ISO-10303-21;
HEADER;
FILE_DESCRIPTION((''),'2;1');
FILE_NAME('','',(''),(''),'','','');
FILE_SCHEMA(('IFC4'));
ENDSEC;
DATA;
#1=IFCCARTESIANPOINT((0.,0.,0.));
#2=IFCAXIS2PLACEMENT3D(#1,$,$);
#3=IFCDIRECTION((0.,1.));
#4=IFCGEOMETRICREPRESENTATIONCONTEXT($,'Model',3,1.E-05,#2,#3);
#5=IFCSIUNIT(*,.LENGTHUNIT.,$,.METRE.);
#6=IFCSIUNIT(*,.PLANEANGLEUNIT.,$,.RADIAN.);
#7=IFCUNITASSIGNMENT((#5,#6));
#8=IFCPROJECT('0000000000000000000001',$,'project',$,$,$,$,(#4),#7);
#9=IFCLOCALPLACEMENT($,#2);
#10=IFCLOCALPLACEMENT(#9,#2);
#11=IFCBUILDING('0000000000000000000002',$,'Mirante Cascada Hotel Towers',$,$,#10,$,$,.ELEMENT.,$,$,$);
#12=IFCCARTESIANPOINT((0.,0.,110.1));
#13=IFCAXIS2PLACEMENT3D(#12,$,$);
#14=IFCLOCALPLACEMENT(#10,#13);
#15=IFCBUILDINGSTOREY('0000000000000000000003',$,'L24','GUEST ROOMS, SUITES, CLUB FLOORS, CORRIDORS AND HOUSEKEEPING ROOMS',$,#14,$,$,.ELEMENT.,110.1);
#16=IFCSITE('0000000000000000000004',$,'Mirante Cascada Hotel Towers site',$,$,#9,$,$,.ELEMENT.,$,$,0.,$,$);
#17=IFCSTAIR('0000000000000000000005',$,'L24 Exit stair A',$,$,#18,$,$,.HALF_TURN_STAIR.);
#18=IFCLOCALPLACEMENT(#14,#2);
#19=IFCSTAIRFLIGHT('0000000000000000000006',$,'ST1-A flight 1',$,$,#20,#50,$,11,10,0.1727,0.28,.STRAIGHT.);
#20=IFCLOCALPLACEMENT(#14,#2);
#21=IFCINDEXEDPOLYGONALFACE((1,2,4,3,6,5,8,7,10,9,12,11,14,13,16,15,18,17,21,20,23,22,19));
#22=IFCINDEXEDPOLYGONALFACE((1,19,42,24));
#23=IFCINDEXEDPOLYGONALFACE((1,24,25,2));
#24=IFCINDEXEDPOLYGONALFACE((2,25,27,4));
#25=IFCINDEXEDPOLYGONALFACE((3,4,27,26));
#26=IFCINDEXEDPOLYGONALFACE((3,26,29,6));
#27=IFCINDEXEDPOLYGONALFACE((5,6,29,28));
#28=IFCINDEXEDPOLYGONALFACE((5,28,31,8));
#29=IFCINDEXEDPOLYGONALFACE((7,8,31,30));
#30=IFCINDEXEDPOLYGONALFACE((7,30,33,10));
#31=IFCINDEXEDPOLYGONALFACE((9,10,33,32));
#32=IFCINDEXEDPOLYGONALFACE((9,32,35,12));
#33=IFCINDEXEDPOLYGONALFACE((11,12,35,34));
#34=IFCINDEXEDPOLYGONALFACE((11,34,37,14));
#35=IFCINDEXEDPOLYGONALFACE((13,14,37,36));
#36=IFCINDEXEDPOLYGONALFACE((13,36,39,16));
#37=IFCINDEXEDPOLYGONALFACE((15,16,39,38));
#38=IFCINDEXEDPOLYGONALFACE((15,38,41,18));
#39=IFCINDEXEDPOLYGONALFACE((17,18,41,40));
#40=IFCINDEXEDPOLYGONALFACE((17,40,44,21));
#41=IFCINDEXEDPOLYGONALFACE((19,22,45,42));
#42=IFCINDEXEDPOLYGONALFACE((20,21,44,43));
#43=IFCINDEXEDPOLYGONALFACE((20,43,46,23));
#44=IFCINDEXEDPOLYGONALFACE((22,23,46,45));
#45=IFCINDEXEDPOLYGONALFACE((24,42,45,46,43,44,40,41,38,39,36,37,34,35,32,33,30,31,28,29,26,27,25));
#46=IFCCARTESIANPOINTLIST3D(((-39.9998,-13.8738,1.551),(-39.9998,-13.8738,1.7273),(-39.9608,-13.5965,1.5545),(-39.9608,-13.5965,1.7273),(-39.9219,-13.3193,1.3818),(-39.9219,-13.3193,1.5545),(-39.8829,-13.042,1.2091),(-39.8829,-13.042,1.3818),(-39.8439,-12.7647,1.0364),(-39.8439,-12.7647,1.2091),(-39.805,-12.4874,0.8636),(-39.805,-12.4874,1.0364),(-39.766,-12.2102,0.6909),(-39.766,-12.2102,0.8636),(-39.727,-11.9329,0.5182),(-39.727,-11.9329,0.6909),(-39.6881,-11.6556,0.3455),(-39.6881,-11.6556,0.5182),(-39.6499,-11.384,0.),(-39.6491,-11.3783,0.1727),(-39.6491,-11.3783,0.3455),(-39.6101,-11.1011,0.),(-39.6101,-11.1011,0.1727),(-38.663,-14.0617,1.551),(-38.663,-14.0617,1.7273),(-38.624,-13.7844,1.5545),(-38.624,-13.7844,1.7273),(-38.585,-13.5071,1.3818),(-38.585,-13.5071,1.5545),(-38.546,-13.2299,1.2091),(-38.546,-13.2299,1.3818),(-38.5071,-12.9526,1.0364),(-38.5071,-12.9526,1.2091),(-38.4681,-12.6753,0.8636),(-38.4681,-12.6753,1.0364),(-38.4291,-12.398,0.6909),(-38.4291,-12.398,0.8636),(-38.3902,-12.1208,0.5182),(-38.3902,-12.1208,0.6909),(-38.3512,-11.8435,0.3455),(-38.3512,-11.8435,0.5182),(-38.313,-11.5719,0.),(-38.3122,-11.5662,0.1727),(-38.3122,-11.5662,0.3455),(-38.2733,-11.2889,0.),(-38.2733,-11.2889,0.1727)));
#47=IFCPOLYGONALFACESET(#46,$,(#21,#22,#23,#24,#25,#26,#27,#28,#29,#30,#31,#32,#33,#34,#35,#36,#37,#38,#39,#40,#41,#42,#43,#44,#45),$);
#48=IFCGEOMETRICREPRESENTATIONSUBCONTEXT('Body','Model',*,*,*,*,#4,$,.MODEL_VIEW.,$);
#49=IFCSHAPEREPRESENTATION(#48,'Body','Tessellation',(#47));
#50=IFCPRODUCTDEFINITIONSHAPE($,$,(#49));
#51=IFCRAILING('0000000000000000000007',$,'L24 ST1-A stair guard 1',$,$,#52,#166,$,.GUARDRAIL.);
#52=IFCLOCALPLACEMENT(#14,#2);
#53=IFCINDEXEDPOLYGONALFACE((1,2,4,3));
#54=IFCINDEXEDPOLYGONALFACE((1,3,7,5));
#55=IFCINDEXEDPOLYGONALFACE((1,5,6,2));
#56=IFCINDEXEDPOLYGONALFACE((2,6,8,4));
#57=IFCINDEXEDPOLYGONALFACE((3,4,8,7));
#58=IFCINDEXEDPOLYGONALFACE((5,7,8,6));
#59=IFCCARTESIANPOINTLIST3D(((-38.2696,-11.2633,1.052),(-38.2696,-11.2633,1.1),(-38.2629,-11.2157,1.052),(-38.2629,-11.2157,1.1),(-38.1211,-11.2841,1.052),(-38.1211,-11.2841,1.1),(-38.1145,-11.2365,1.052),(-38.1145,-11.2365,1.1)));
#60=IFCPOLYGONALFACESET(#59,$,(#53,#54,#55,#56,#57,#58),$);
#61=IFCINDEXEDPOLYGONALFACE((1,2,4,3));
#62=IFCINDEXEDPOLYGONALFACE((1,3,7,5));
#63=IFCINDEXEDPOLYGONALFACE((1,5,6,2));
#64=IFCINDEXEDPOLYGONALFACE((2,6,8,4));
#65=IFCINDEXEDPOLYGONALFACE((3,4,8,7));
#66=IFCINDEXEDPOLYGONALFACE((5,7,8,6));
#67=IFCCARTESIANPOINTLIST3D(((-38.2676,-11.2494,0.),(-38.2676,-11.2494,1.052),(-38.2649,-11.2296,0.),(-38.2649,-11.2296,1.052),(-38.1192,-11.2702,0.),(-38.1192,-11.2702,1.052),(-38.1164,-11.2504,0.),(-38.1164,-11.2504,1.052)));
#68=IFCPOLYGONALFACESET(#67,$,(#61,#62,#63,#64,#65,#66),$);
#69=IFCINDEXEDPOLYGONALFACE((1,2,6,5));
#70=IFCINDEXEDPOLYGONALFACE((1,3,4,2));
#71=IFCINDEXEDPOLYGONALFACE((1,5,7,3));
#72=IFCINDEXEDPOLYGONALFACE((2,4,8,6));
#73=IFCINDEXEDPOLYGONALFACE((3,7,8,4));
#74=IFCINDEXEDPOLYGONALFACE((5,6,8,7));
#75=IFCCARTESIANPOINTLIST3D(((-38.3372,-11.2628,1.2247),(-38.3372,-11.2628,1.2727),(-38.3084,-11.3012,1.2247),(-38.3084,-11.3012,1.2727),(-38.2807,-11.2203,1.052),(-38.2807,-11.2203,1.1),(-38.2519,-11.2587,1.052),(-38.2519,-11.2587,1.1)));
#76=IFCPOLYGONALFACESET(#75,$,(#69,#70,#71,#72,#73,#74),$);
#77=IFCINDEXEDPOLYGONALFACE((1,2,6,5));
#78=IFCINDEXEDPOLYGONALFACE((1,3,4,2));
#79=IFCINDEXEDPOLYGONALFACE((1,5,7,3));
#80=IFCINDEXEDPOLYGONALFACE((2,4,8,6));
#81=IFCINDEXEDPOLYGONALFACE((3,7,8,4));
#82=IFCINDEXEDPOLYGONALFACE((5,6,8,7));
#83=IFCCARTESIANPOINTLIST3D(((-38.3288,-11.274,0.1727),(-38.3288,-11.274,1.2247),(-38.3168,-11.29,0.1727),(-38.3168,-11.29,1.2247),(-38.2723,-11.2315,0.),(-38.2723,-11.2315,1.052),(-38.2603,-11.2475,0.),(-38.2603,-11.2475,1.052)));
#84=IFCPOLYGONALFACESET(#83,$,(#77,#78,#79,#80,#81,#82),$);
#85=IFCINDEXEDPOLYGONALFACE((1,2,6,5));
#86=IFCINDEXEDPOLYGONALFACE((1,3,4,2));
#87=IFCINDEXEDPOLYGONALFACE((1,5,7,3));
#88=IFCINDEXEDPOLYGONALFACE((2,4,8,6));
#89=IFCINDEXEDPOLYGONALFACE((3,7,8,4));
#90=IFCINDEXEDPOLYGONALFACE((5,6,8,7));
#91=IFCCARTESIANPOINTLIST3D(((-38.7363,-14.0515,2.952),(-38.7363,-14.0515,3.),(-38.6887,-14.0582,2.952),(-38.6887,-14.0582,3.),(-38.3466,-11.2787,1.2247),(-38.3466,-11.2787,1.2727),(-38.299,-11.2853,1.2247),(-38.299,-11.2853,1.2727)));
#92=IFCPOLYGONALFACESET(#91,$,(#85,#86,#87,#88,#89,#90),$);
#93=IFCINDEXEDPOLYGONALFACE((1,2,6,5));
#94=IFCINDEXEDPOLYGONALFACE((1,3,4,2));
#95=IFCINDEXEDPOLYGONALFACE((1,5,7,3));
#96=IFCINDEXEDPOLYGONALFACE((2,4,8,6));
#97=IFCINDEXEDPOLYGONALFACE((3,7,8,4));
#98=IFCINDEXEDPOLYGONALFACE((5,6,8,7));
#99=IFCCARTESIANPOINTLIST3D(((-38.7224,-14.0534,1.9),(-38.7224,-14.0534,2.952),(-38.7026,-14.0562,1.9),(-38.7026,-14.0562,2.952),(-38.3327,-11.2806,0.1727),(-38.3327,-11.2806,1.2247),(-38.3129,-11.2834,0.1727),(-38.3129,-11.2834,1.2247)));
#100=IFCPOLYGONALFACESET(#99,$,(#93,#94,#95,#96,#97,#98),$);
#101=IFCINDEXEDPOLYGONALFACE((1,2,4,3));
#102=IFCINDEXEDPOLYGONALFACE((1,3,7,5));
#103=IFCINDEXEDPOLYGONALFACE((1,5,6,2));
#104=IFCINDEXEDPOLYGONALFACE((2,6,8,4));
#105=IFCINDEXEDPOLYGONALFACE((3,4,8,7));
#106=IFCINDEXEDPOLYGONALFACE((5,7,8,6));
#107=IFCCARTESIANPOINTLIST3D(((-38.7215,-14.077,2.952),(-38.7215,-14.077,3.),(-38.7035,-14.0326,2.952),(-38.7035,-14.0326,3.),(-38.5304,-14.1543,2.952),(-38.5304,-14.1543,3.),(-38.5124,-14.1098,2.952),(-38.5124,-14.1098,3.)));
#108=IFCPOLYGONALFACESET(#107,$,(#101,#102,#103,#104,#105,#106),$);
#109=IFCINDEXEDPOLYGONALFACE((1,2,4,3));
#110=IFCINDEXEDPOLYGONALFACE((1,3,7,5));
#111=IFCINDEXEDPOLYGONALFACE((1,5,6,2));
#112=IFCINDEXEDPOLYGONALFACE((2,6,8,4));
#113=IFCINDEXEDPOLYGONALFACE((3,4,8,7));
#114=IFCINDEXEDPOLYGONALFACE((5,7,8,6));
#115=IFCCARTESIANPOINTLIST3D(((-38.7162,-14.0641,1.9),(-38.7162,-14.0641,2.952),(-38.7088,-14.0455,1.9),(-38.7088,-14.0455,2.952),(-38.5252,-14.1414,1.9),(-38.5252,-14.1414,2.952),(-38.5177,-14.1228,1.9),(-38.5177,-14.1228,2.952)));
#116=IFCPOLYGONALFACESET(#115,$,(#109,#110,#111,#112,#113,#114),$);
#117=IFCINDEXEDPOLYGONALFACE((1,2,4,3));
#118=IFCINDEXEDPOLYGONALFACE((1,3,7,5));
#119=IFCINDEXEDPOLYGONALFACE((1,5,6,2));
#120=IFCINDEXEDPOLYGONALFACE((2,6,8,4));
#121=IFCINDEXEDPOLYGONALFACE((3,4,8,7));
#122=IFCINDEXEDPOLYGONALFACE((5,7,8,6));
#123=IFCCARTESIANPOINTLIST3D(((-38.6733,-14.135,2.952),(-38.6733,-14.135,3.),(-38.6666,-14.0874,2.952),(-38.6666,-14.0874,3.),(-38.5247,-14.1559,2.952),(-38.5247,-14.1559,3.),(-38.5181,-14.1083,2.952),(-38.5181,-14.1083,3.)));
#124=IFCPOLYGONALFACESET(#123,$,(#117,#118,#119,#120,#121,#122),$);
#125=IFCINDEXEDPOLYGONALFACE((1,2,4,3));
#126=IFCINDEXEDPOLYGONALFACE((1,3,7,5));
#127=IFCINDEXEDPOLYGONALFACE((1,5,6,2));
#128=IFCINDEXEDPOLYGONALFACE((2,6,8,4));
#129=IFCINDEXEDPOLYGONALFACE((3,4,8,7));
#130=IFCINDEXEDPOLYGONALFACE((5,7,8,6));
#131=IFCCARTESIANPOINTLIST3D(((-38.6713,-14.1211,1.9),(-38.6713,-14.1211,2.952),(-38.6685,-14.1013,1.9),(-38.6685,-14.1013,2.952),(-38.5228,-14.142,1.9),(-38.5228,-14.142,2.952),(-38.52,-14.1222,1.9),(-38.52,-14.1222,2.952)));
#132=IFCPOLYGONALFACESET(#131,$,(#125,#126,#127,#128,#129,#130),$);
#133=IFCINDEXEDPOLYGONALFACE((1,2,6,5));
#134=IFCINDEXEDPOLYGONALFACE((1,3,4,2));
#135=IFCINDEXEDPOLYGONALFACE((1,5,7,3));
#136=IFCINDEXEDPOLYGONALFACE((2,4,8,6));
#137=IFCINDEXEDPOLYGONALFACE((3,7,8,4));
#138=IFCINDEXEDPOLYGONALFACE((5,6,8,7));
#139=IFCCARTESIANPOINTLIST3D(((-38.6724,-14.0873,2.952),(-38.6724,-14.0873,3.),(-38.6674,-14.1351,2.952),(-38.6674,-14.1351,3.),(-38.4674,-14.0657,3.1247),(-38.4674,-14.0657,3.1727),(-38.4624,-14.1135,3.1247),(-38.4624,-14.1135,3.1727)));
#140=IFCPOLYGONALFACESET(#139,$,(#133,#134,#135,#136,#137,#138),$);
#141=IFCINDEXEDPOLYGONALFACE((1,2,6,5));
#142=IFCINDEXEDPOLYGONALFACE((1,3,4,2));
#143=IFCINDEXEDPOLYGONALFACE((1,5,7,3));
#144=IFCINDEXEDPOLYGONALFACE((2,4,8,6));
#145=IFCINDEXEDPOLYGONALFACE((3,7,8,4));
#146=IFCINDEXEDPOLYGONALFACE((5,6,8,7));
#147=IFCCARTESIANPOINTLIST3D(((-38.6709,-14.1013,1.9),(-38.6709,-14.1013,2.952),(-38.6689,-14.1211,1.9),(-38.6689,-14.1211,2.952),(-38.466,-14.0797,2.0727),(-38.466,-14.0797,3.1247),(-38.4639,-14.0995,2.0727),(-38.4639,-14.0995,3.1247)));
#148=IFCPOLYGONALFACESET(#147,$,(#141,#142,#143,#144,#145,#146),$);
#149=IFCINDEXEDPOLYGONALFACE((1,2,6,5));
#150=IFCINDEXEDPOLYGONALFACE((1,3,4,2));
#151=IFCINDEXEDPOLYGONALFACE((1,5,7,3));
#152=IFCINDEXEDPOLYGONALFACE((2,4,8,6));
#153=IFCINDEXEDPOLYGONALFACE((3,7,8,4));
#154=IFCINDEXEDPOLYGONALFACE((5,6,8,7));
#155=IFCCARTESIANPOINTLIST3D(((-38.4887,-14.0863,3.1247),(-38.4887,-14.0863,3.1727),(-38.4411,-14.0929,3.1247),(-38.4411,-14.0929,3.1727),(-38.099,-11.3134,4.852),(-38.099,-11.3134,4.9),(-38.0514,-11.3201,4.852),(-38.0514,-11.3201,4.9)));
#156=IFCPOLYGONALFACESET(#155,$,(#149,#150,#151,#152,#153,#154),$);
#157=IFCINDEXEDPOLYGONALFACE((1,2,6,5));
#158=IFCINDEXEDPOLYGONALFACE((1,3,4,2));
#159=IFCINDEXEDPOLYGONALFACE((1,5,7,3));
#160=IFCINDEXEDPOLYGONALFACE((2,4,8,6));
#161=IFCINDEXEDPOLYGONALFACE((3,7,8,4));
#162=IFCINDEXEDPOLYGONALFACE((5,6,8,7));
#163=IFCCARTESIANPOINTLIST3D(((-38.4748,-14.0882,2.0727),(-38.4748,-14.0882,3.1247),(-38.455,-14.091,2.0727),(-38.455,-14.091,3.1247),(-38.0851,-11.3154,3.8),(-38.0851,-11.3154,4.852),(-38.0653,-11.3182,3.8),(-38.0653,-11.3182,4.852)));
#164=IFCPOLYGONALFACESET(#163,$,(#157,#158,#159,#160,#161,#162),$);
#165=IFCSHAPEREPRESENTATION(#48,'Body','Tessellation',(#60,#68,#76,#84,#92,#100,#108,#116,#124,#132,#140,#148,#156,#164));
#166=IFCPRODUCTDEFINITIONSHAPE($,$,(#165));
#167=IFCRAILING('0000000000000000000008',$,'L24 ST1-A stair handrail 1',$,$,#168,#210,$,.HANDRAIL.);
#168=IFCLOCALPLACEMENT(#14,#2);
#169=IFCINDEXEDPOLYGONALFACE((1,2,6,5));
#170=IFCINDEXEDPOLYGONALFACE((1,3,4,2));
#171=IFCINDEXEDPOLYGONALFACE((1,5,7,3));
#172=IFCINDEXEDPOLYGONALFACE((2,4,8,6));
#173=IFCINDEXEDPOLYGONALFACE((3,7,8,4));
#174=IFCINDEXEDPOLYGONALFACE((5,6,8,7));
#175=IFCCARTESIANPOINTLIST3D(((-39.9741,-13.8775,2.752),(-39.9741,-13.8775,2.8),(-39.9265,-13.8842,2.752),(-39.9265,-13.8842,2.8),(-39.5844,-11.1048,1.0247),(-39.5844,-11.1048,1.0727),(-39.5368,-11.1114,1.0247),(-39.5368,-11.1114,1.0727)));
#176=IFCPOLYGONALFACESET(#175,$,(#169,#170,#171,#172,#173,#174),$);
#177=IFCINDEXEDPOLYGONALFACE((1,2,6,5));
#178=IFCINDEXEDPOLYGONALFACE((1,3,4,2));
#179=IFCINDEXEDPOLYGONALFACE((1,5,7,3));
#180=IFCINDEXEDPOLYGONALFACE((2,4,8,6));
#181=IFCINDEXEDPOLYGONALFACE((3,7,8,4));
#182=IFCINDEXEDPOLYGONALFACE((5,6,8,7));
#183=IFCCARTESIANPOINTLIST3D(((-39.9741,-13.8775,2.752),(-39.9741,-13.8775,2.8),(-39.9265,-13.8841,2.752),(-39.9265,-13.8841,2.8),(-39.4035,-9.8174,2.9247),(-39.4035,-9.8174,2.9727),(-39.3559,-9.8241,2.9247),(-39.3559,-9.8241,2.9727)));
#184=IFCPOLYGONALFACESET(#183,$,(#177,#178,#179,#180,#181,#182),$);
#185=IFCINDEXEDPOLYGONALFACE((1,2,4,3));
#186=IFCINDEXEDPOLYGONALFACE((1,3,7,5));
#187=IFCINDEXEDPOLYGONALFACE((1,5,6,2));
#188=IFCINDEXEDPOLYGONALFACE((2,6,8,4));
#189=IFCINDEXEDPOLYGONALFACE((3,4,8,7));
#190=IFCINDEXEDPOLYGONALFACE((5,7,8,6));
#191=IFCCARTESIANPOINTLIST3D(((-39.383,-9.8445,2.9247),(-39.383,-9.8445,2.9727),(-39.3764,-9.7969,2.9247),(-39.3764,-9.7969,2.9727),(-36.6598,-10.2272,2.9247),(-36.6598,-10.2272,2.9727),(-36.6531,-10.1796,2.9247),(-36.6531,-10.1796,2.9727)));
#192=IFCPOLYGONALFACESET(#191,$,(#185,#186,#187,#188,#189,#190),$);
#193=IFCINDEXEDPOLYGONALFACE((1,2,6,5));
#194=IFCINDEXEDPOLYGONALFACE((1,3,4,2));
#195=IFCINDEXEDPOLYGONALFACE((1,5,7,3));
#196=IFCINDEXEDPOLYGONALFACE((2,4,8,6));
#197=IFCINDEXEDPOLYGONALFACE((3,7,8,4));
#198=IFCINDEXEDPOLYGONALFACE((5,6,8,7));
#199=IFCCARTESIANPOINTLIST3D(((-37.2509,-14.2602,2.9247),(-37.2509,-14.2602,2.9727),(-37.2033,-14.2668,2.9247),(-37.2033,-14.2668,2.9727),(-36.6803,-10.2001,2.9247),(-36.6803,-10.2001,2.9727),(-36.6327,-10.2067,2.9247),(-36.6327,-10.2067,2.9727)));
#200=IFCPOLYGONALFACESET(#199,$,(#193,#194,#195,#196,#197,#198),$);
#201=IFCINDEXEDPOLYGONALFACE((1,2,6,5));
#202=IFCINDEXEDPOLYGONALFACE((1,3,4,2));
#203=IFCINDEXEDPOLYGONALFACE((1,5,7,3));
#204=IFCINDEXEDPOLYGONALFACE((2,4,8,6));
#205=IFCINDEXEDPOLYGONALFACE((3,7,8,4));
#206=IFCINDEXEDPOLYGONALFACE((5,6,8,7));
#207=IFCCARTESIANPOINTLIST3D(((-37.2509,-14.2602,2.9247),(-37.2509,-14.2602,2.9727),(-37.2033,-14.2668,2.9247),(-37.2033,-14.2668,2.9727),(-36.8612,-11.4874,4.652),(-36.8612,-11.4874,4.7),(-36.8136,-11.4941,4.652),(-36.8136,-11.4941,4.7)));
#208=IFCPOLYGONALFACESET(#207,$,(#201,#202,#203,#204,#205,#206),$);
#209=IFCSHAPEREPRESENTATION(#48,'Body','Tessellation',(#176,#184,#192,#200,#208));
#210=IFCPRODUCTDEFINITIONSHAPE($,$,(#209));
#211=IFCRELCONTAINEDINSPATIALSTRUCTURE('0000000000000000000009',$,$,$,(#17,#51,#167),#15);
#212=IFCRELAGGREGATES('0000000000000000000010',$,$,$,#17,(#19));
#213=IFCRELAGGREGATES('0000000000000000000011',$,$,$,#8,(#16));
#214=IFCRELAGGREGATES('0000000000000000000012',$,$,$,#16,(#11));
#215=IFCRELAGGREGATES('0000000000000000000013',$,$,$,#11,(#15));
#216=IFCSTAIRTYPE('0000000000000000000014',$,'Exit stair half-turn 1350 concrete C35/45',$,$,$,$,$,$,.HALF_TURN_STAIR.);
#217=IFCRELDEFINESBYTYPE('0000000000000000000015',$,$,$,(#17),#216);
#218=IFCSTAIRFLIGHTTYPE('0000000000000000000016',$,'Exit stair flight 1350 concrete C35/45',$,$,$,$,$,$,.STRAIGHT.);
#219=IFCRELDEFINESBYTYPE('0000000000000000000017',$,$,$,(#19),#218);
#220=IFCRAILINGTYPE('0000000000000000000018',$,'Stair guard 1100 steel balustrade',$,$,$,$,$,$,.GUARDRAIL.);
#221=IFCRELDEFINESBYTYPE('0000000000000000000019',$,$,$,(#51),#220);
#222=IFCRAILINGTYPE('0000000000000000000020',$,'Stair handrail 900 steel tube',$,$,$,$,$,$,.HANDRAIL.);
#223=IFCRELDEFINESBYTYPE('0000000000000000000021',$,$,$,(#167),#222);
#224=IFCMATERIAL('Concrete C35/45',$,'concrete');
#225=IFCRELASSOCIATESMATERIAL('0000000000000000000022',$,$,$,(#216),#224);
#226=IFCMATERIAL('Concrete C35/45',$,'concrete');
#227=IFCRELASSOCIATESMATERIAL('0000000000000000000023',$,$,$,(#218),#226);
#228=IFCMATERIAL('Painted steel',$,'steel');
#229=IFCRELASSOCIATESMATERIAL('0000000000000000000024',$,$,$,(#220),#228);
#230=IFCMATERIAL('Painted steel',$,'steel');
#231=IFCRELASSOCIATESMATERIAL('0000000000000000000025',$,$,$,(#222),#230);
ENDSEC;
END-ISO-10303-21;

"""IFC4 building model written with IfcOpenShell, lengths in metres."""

from ifc_helpers import new_model, si_unit, direction, frame, origin, origin_2d, place, context, subcontext, project, spatial, polyline, rectangle, outline, extrude, material, type_object, element, aggregate, save


model = new_model("IFC4")

# Units and contexts
model_context = context("Model", 3, precision=1e-05, world=origin(), true_north=direction((0.0, 1.0)))
body_context = subcontext(model_context, "Body", "Model", "MODEL_VIEW")
ifc_project = project(units=[si_unit("LENGTHUNIT", "METRE"), si_unit("PLANEANGLEUNIT", "RADIAN")], contexts=[model_context])

# Site, building, storey
site_placement = place(None, origin())
site = spatial("IfcSite", under=ifc_project, at=site_placement, Name="Mirante Cascada Hotel Towers site", CompositionType="ELEMENT", RefElevation=0.0)
building_placement = place(site_placement, origin())
building = spatial("IfcBuilding", under=site, at=building_placement, Name="Mirante Cascada Hotel Towers", CompositionType="ELEMENT")
storey_placement = place(building_placement, frame((0.0, 0.0, 110.1)))
storey = spatial("IfcBuildingStorey", under=building, at=storey_placement, Name="L24", Description="GUEST ROOMS, SUITES, CLUB FLOORS, CORRIDORS AND HOUSEKEEPING ROOMS", CompositionType="ELEMENT", Elevation=110.1)

# Stair, stair flight
ifc_material_1 = material(Name="Concrete C35/45", Category="concrete")
stair_type = type_object("IfcStairType", Name="Exit stair half-turn 1350 concrete C35/45", PredefinedType="HALF_TURN_STAIR", material=ifc_material_1)
stair_placement = place(storey_placement, origin())
stair = element("IfcStair", 1, at=stair_placement, inside=storey, type_object=stair_type, Name="L24 Exit stair A", PredefinedType="HALF_TURN_STAIR")
ifc_material_2 = material(Name="Concrete C35/45", Category="concrete")
stair_flight_type = type_object("IfcStairFlightType", Name="Exit stair flight 1350 concrete C35/45", PredefinedType="STRAIGHT", material=ifc_material_2)
stair_flight_placement = place(storey_placement, frame((-38.9417, -11.195, 0.0), z_axis=(0.0, 0.0, 1.0), x_axis=(-0.139173, -0.990268, 0.0)))
stair_flight = element("IfcStairFlight", 2, at=stair_flight_placement, type_object=stair_flight_type, Name="ST1-A flight 1", NumberOfRisers=11, NumberOfTreads=10, PredefinedType="STRAIGHT", RiserHeight=0.1727, TreadLength=0.28, context=body_context, shape_type="SweptSolid", body=[
    extrude(outline(polyline([(0.0, 0.0), (0.0, 0.1727), (0.28, 0.1727), (0.28, 0.3455), (0.56, 0.3455), (0.56, 0.5182), (0.84, 0.5182), (0.84, 0.6909), (1.12, 0.6909), (1.12, 0.8636), (1.4, 0.8636), (1.4, 1.0364), (1.68, 1.0364), (1.68, 1.2091), (1.96, 1.2091), (1.96, 1.3818), (2.24, 1.3818), (2.24, 1.5545), (2.52, 1.5545), (2.52, 1.7273), (2.8, 1.7273), (2.8, 1.9), (2.8, 1.551), (0.2857, 0.0), (0.0, 0.0)])), frame((0.0, 0.675, 0.0), z_axis=(0.0, -1.0, 0.0), x_axis=(1.0, 0.0, 0.0)), (0.0, 0.0, 1.0), 1.35),
])
aggregate(stair, [stair_flight])

# Railings
ifc_material_3 = material(Name="Painted steel", Category="steel")
railing_type_1 = type_object("IfcRailingType", Name="Stair guard 1100 steel balustrade", PredefinedType="GUARDRAIL", material=ifc_material_3)
railing_1_placement = place(storey_placement, frame((-38.1178, -11.2603, 0.0)))
element("IfcRailing", 3, at=railing_1_placement, inside=storey, type_object=railing_type_1, Name="L24 ST1-A stair guard 1", PredefinedType="GUARDRAIL", context=body_context, shape_type="SweptSolid", body=[
    extrude(rectangle(XDim=0.048, YDim=0.048, at=origin_2d()), frame((0.0, 0.0, 1.076), z_axis=(-0.990333, 0.138713, 0.0), x_axis=(-0.138713, -0.990333, 0.0)), (0.0, 0.0, 1.0), 0.1499),
    extrude(rectangle(XDim=0.02, YDim=1.052, at=origin_2d()), frame((0.0, 0.0, 0.526), z_axis=(-0.990333, 0.138713, 0.0), x_axis=(-0.138713, -0.990333, 0.0)), (0.0, 0.0, 1.0), 0.1499),
    extrude(rectangle(XDim=0.048, YDim=0.048, at=origin_2d()), frame((-0.1485, 0.0208, 1.076), z_axis=(-0.79915, -0.601131, 0.0), x_axis=(0.601131, -0.79915, 0.0)), (0.0, 0.925453, 0.378863), 0.1866),
    extrude(rectangle(XDim=0.02, YDim=1.052, at=origin_2d()), frame((-0.1485, 0.0208, 0.526), z_axis=(-0.79915, -0.601131, 0.0), x_axis=(0.601131, -0.79915, 0.0)), (0.0, 0.925453, 0.378863), 0.1866),
    extrude(rectangle(XDim=0.048, YDim=0.048, at=origin_2d()), frame((-0.205, -0.0217, 1.2487), z_axis=(-0.139176, -0.990268, 0.0), x_axis=(0.990268, -0.139176, 0.0)), (0.0, 0.525021, 0.851089), 3.29),
    extrude(rectangle(XDim=0.02, YDim=1.052, at=origin_2d()), frame((-0.205, -0.0217, 0.6987), z_axis=(-0.139176, -0.990268, 0.0), x_axis=(0.990268, -0.139176, 0.0)), (0.0, 0.525021, 0.851089), 3.29),
    extrude(rectangle(XDim=0.048, YDim=0.048, at=origin_2d()), frame((-0.5947, -2.7945, 2.976), z_axis=(0.927031, -0.374984, 0.0), x_axis=(0.374984, 0.927031, 0.0)), (0.0, 0.0, 1.0), 0.2061),
    extrude(rectangle(XDim=0.02, YDim=1.052, at=origin_2d()), frame((-0.5947, -2.7945, 2.426), z_axis=(0.927031, -0.374984, 0.0), x_axis=(0.374984, 0.927031, 0.0)), (0.0, 0.0, 1.0), 0.2061),
    extrude(rectangle(XDim=0.048, YDim=0.048, at=origin_2d()), frame((-0.4036, -2.8718, 2.976), z_axis=(-0.990241, 0.139367, 0.0), x_axis=(-0.139367, -0.990241, 0.0)), (0.0, 0.0, 1.0), 0.15),
    extrude(rectangle(XDim=0.02, YDim=1.052, at=origin_2d()), frame((-0.4036, -2.8718, 2.426), z_axis=(-0.990241, 0.139367, 0.0), x_axis=(-0.139367, -0.990241, 0.0)), (0.0, 0.0, 1.0), 0.15),
    extrude(rectangle(XDim=0.048, YDim=0.048, at=origin_2d()), frame((-0.5521, -2.8509, 2.976), z_axis=(0.994495, 0.104786, 0.0), x_axis=(-0.104786, 0.994495, 0.0)), (0.0, 0.642203, 0.766534), 0.2689),
    extrude(rectangle(XDim=0.02, YDim=1.052, at=origin_2d()), frame((-0.5521, -2.8509, 2.426), z_axis=(0.994495, 0.104786, 0.0), x_axis=(-0.104786, 0.994495, 0.0)), (0.0, 0.642203, 0.766534), 0.2689),
    extrude(rectangle(XDim=0.048, YDim=0.048, at=origin_2d()), frame((-0.3471, -2.8293, 3.1487), z_axis=(0.139176, 0.990268, 0.0), x_axis=(-0.990268, 0.139176, 0.0)), (0.0, 0.525021, 0.851089), 3.29),
    extrude(rectangle(XDim=0.02, YDim=1.052, at=origin_2d()), frame((-0.3471, -2.8293, 2.5987), z_axis=(0.139176, 0.990268, 0.0), x_axis=(-0.990268, 0.139176, 0.0)), (0.0, 0.525021, 0.851089), 3.29),
])
ifc_material_4 = material(Name="Painted steel", Category="steel")
railing_type_2 = type_object("IfcRailingType", Name="Stair handrail 900 steel tube", PredefinedType="HANDRAIL", material=ifc_material_4)
railing_2_placement = place(storey_placement, frame((-39.5606, -11.1081, 0.1727)))
element("IfcRailing", 4, at=railing_2_placement, inside=storey, type_object=railing_type_2, Name="L24 ST1-A stair handrail 1", PredefinedType="HANDRAIL", context=body_context, shape_type="SweptSolid", body=[
    extrude(rectangle(XDim=0.048, YDim=0.048, at=origin_2d()), frame((0.0, 0.0, 0.876), z_axis=(-0.139181, -0.990267, 0.0), x_axis=(0.990267, -0.139181, 0.0)), (0.0, 0.525035, 0.851081), 3.2899),
    extrude(rectangle(XDim=0.048, YDim=0.048, at=origin_2d()), frame((-0.3897, -2.7727, 2.6033), z_axis=(0.139171, 0.990268, 0.0), x_axis=(-0.990268, 0.139171, 0.0)), (0.0, 0.042085, 0.999114), 4.1036),
    extrude(rectangle(XDim=0.048, YDim=0.048, at=origin_2d()), frame((0.1809, 1.2874, 2.776), z_axis=(0.990269, -0.139166, 0.0), x_axis=(0.139166, 0.990269, 0.0)), (0.0, 0.0, 1.0), 2.75),
    extrude(rectangle(XDim=0.048, YDim=0.048, at=origin_2d()), frame((2.9041, 0.9047, 2.776), z_axis=(-0.139171, -0.990268, 0.0), x_axis=(0.990268, -0.139171, 0.0)), (0.0, 0.0, 1.0), 4.1),
    extrude(rectangle(XDim=0.048, YDim=0.048, at=origin_2d()), frame((2.3335, -3.1554, 2.776), z_axis=(0.139181, 0.990267, 0.0), x_axis=(-0.990267, 0.139181, 0.0)), (0.0, 0.525035, 0.851081), 3.2899),
])

save(model, "model.ifc")
